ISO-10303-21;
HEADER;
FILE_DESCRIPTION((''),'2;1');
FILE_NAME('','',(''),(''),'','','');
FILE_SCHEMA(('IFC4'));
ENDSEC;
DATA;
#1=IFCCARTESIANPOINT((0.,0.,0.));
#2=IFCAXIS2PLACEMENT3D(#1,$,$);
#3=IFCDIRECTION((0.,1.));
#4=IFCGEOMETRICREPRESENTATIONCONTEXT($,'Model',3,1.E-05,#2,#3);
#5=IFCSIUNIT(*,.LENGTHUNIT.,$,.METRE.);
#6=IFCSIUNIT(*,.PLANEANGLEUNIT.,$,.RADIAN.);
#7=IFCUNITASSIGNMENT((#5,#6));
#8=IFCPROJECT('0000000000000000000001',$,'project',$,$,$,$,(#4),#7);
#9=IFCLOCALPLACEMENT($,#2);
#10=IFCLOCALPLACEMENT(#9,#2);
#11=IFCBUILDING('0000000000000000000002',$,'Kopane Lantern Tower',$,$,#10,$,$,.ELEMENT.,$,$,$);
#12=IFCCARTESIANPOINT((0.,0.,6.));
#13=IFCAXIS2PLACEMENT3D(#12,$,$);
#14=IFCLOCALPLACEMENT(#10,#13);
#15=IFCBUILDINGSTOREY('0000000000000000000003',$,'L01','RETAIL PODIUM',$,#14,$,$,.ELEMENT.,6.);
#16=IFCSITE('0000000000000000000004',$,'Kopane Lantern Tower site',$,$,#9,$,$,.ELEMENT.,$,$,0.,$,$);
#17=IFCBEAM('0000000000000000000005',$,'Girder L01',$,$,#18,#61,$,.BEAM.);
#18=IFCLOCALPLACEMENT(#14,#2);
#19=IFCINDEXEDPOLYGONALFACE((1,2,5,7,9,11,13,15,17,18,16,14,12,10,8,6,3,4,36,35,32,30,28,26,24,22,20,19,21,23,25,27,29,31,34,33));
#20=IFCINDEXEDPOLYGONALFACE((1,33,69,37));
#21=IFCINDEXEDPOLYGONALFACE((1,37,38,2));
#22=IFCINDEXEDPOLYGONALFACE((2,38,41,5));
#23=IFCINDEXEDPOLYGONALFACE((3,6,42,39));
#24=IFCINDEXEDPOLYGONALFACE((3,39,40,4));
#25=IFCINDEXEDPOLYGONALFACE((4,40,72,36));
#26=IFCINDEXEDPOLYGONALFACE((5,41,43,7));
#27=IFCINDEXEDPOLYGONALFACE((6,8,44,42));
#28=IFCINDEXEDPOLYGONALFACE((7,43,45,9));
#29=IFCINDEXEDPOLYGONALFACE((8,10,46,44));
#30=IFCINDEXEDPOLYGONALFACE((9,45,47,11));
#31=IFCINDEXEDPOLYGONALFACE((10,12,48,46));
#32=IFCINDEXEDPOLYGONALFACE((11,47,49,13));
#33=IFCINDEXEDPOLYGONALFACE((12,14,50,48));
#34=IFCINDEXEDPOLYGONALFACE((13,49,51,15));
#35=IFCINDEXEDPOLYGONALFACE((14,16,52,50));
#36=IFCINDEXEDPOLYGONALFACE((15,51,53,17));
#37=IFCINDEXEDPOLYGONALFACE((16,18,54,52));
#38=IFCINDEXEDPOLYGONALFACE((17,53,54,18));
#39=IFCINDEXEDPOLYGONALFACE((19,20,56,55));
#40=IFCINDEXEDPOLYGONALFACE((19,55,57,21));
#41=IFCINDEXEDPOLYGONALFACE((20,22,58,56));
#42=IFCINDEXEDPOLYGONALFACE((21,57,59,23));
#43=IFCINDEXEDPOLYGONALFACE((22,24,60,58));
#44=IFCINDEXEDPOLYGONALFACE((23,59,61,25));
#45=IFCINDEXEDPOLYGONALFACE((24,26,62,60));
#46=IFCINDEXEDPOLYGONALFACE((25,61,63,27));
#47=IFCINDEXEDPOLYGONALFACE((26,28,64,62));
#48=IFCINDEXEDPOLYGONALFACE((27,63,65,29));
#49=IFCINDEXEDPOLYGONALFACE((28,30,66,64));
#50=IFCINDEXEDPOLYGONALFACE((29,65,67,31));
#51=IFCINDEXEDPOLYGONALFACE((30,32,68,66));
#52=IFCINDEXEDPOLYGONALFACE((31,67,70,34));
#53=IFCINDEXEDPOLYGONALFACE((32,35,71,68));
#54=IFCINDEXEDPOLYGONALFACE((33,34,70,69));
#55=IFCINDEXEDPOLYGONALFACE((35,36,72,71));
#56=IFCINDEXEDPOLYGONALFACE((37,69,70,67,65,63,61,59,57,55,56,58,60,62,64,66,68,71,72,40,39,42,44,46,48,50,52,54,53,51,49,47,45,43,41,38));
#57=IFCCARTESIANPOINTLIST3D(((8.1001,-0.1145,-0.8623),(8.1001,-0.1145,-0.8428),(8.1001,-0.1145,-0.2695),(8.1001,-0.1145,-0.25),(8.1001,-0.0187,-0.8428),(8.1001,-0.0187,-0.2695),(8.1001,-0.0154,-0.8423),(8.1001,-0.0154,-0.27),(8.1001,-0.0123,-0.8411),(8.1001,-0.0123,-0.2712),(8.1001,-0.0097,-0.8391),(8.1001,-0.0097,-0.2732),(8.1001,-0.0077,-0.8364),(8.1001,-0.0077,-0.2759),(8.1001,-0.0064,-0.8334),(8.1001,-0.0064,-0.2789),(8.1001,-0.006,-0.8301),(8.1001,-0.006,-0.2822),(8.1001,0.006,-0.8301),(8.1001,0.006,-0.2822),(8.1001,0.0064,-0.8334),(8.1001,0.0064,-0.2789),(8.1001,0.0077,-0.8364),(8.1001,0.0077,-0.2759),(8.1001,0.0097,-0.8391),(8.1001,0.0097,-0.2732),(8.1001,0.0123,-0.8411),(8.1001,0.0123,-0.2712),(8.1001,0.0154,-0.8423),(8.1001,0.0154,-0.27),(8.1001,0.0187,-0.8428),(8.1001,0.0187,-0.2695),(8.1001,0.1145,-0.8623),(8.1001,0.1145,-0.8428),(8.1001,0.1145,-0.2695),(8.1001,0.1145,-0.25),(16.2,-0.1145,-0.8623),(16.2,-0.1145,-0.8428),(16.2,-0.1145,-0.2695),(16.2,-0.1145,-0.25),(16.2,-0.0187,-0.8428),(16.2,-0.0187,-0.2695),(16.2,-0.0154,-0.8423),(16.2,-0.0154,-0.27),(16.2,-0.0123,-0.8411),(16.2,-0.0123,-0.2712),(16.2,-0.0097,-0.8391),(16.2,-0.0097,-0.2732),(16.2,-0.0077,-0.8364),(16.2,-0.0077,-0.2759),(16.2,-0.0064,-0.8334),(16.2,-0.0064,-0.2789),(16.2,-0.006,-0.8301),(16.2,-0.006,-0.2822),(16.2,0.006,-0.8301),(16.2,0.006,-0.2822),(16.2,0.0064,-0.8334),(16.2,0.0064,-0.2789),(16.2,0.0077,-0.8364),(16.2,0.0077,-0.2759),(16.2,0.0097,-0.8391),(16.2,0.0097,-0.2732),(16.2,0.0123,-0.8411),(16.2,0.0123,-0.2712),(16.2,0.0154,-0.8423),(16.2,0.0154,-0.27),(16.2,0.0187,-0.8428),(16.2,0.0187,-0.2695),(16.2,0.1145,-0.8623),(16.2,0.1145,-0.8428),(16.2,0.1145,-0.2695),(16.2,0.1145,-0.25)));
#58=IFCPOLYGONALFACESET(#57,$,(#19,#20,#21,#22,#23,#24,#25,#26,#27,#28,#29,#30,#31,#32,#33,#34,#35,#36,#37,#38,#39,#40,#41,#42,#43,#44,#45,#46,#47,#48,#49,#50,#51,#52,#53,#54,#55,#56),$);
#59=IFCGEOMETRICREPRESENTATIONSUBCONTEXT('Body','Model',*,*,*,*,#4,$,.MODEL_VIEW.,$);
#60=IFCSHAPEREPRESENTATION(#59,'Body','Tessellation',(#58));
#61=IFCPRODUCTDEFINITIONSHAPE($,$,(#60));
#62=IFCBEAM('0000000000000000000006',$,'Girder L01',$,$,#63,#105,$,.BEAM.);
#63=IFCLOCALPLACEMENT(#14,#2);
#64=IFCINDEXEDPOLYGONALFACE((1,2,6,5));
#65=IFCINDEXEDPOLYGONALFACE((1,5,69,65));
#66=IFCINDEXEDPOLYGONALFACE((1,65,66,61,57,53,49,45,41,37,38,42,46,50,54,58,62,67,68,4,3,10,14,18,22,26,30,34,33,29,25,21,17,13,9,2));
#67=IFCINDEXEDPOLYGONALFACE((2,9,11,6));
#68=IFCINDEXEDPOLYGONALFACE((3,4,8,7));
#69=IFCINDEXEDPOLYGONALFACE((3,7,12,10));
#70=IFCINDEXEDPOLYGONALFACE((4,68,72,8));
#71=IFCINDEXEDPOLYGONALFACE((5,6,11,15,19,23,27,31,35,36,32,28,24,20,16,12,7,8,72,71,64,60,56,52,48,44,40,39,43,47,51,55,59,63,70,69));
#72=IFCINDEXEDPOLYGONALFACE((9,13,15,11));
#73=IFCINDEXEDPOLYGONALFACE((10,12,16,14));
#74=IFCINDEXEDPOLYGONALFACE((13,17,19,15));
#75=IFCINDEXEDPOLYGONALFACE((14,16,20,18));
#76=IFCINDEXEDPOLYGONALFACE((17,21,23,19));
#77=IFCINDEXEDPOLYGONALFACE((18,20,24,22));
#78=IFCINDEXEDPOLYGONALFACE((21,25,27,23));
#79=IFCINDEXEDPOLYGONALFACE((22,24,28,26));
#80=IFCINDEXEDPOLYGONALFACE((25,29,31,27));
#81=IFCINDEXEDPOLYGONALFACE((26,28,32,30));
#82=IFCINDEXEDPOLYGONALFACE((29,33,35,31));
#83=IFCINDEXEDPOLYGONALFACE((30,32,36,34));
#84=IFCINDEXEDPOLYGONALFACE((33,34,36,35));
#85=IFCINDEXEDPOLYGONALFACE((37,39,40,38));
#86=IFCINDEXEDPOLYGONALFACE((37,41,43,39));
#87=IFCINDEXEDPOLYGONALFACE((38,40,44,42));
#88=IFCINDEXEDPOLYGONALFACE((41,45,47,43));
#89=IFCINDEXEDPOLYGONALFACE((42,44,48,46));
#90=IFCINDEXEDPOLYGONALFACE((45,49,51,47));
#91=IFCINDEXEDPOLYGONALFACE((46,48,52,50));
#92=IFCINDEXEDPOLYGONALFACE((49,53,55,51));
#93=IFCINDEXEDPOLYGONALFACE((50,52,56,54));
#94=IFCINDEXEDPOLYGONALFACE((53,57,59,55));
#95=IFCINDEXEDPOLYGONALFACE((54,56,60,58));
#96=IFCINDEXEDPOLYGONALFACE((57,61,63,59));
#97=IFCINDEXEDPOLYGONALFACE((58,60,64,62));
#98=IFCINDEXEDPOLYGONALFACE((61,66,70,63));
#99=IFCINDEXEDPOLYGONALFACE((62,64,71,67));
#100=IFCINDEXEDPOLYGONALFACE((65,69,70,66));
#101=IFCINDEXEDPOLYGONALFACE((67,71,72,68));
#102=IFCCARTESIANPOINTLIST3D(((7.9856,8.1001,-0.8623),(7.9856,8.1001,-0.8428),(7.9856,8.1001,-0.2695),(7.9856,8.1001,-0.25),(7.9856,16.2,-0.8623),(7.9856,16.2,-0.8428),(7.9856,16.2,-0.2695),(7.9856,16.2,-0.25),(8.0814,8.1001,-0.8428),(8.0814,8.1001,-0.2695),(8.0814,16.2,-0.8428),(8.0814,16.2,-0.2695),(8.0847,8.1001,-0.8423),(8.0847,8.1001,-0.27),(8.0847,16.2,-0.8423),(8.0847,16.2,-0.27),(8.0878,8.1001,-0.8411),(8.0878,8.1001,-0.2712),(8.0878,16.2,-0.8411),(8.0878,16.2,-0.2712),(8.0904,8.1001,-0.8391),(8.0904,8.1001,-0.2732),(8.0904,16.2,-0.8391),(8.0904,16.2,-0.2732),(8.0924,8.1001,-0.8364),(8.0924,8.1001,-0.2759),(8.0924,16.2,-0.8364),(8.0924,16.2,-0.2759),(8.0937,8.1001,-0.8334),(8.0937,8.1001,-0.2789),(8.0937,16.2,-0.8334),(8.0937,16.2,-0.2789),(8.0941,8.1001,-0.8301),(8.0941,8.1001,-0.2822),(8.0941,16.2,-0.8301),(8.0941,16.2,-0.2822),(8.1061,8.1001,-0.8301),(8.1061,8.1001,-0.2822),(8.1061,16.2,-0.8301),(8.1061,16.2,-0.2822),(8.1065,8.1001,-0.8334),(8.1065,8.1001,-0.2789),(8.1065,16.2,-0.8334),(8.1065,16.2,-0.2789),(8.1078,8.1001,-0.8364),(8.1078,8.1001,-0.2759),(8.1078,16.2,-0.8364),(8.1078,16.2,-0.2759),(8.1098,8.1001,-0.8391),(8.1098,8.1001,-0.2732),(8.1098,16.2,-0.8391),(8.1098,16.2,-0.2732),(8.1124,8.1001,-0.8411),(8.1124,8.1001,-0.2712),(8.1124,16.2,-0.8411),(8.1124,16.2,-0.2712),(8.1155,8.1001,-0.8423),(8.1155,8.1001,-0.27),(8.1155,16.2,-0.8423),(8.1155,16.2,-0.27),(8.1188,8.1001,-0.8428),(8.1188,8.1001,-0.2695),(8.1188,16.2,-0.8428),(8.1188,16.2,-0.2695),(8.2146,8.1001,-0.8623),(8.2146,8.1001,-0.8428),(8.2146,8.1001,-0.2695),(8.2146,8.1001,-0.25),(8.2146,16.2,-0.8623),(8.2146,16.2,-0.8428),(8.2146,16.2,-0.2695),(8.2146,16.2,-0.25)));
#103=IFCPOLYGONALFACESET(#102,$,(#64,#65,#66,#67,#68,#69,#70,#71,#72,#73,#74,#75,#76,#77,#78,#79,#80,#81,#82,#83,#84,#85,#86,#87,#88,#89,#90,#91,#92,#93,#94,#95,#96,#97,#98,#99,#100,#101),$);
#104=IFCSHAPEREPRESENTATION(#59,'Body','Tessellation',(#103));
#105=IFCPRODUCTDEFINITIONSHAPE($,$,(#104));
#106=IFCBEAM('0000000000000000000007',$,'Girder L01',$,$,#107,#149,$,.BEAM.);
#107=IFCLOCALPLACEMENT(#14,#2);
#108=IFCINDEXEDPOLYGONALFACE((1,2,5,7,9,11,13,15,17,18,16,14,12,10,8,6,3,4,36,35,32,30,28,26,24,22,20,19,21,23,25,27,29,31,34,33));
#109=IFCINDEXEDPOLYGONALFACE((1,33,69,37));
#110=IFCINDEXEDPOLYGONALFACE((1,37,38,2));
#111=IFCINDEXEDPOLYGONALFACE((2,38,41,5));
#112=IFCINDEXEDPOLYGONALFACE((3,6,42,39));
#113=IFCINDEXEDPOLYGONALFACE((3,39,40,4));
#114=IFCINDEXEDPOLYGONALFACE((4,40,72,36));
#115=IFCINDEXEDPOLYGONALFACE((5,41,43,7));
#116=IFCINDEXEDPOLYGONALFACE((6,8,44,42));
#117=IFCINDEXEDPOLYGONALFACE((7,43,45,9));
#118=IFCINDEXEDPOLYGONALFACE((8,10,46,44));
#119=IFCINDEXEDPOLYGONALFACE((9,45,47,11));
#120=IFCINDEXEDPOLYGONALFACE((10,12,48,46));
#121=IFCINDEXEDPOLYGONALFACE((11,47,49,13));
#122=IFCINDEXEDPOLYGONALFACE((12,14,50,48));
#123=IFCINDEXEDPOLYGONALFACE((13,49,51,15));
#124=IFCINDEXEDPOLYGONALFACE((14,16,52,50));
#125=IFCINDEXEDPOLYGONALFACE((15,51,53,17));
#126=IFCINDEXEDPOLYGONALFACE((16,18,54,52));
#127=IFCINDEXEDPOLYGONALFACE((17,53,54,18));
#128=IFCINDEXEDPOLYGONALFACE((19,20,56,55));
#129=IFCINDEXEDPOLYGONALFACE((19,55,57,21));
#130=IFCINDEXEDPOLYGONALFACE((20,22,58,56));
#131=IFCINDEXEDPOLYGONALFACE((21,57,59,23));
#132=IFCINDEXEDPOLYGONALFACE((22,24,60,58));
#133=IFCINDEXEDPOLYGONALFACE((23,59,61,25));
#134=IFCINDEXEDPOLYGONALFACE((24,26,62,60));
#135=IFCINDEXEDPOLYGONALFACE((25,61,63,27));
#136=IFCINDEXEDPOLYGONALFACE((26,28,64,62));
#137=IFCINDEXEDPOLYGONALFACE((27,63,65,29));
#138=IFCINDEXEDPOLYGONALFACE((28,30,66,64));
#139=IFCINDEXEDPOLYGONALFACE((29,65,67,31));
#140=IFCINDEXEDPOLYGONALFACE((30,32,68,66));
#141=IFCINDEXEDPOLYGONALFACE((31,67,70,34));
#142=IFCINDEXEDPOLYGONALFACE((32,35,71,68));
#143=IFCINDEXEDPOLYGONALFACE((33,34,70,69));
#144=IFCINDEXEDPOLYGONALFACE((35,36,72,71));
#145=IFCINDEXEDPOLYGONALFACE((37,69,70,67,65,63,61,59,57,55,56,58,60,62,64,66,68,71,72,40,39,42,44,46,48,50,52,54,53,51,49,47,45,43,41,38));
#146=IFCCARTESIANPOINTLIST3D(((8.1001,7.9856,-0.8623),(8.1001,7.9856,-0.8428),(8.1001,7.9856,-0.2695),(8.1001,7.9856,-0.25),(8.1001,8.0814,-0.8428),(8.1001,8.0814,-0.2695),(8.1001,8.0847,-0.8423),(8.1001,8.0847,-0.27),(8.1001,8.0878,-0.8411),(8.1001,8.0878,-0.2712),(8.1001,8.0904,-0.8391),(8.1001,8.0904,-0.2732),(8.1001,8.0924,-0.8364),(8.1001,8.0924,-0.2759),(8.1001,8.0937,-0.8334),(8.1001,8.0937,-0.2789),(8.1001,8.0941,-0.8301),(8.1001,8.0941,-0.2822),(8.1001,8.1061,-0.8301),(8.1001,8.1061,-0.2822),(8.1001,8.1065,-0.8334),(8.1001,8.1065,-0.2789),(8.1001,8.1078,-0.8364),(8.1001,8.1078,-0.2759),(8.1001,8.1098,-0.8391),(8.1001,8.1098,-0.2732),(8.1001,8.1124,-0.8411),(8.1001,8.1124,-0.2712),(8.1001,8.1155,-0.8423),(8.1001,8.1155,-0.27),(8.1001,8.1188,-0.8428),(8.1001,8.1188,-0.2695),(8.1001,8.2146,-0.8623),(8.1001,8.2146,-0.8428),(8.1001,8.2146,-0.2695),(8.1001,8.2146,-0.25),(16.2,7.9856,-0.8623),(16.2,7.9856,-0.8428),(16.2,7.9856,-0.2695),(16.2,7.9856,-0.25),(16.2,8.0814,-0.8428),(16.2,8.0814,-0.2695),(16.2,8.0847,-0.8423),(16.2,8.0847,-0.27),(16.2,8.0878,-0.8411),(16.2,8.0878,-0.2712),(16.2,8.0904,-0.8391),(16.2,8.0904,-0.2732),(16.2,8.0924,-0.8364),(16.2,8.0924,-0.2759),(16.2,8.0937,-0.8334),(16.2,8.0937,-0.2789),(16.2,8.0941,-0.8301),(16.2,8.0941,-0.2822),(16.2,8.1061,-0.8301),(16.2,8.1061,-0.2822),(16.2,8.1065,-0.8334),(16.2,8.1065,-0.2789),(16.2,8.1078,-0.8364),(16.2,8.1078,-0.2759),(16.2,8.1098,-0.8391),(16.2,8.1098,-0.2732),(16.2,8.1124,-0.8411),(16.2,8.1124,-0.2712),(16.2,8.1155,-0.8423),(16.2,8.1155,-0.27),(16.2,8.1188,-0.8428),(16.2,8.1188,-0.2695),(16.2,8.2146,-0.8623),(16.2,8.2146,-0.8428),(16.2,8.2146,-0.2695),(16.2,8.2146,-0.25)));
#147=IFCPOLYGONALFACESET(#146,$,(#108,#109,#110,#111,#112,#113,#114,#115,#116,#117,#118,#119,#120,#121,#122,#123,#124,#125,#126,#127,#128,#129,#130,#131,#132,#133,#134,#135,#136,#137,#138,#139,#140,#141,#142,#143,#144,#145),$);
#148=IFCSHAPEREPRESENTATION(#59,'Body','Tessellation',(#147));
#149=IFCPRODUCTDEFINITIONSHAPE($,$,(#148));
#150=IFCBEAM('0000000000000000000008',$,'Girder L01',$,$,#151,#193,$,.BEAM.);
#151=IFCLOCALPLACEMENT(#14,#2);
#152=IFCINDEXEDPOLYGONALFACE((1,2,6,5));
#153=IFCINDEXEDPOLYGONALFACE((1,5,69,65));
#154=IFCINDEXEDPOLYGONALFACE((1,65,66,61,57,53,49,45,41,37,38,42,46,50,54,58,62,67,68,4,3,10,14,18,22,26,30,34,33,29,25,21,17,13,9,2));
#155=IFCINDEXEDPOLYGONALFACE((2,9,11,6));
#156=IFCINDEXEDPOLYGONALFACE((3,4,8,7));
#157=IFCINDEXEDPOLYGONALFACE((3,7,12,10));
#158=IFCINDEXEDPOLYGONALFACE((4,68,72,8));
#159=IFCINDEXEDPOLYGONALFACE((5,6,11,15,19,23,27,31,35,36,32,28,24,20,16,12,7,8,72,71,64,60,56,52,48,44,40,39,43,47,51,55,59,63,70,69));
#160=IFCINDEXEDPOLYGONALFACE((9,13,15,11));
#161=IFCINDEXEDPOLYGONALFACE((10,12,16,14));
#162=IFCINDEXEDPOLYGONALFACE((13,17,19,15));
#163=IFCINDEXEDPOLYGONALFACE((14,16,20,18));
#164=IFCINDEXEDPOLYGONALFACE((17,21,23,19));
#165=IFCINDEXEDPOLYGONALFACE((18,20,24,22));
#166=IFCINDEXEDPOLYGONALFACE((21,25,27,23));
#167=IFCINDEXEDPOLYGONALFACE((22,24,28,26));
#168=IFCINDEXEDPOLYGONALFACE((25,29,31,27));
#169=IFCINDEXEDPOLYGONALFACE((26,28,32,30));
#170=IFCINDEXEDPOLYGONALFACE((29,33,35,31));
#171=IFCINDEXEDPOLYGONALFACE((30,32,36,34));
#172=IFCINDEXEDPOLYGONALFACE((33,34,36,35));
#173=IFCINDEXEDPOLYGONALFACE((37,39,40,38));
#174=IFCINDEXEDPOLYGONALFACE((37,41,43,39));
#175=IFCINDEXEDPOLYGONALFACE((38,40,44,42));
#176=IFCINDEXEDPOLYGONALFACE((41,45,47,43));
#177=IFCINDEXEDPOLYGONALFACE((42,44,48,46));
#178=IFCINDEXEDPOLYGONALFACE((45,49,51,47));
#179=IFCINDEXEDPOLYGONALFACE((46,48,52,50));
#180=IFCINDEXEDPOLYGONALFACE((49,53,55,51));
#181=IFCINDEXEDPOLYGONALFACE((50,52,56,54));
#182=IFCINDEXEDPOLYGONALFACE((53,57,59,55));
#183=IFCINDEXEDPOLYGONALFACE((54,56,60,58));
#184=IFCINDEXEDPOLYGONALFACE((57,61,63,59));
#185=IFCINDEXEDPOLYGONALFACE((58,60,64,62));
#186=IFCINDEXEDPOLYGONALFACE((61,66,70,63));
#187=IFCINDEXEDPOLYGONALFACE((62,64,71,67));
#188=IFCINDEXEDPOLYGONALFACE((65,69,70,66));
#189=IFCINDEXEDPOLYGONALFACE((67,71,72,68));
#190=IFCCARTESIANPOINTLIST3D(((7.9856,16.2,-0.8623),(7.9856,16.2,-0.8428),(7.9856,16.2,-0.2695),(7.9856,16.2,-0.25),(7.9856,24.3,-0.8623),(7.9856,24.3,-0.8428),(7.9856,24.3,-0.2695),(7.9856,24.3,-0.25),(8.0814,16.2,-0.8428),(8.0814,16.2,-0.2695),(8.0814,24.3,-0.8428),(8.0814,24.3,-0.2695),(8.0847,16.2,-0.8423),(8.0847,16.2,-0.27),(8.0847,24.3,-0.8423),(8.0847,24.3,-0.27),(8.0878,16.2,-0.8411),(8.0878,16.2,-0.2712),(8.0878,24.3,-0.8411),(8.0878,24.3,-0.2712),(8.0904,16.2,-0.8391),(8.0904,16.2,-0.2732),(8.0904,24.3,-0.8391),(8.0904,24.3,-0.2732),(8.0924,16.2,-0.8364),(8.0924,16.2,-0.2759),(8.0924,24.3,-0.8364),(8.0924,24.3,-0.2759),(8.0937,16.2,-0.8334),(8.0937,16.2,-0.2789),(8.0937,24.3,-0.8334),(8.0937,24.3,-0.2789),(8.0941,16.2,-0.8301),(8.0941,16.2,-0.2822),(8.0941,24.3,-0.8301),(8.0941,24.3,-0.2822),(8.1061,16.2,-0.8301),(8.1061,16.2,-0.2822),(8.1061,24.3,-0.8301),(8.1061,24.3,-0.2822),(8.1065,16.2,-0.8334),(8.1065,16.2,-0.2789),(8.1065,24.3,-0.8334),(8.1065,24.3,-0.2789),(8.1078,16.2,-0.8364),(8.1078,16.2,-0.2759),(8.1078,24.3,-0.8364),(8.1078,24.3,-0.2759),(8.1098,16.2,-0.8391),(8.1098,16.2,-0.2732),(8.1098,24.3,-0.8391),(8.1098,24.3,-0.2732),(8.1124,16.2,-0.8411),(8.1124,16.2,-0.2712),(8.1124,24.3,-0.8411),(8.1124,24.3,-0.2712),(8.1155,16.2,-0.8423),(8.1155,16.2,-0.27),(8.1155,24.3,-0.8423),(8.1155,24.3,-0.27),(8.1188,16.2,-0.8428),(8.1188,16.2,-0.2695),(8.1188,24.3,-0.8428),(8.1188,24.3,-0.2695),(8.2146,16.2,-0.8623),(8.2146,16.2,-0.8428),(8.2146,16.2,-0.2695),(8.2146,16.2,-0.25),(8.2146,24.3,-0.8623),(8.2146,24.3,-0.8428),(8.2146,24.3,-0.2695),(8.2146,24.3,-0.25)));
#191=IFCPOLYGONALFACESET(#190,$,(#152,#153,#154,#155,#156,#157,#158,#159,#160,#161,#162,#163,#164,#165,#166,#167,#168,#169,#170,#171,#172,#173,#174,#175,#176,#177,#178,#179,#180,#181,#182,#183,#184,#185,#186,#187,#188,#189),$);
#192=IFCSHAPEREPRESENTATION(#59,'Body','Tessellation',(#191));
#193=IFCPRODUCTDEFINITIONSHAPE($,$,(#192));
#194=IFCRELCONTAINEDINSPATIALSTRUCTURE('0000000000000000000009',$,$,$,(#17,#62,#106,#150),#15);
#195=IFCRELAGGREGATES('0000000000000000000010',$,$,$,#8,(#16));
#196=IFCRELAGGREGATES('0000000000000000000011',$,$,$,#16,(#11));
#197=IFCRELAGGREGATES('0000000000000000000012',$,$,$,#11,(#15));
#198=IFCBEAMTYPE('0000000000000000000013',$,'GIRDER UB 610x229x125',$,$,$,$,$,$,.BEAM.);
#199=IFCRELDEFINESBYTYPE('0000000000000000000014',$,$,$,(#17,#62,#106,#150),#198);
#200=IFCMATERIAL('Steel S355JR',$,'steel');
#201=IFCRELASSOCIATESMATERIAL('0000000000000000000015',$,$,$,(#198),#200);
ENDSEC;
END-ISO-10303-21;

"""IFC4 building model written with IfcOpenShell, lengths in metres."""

from ifc_helpers import new_model, si_unit, direction, frame, origin, origin_2d, place, context, subcontext, project, spatial, i_section, extrude, material, material_profile, profile_set, type_object, element, save


model = new_model("IFC4")

# Units and contexts
model_context = context("Model", 3, precision=1e-05, world=origin(), true_north=direction((0.0, 1.0)))
body_context = subcontext(model_context, "Body", "Model", "MODEL_VIEW")
ifc_project = project(units=[si_unit("LENGTHUNIT", "METRE"), si_unit("PLANEANGLEUNIT", "RADIAN")], contexts=[model_context])

# Site, building, storey
site_placement = place(None, origin())
site = spatial("IfcSite", under=ifc_project, at=site_placement, Name="Kopane Lantern Tower site", CompositionType="ELEMENT", RefElevation=0.0)
building_placement = place(site_placement, origin())
building = spatial("IfcBuilding", under=site, at=building_placement, Name="Kopane Lantern Tower", CompositionType="ELEMENT")
storey_placement = place(building_placement, frame((0.0, 0.0, 6.0)))
storey = spatial("IfcBuildingStorey", under=building, at=storey_placement, Name="L01", Description="RETAIL PODIUM", CompositionType="ELEMENT", Elevation=6.0)

# Beams
ifc_material_1 = material(Name="Steel S355JR", Category="steel")
ifc_material_profile_1 = material_profile(ifc_material_1, i_section(OverallWidth=0.229, OverallDepth=0.6123, WebThickness=0.012, FlangeThickness=0.0195, FilletRadius=0.0127, at=origin_2d()), Name="UB 610x229x125")
ifc_profile_set_1 = profile_set([ifc_material_profile_1], Name="Steel S355JR")
beam_type = type_object("IfcBeamType", Name="GIRDER UB 610x229x125", PredefinedType="BEAM", material=ifc_profile_set_1)
for number, where, z_axis, x_axis, name in (
    (1, (8.1001, 0.0, -0.5562), (1.0, 0.0, 0.0), (0.0, 1.0, 0.0), "Girder L01"),
    (2, (8.1001, 8.1001, -0.5562), (0.0, 1.0, 0.0), (-1.0, 0.0, 0.0), "Girder L01"),
    (3, (8.1001, 8.1001, -0.5562), (1.0, 0.0, 0.0), (0.0, 1.0, 0.0), "Girder L01"),
):
    element("IfcBeam", number, at=place(storey_placement, frame(where, z_axis=z_axis, x_axis=x_axis)), inside=storey, type_object=beam_type, Name=name, PredefinedType="BEAM", context=body_context, shape_type="SweptSolid", body=[
        extrude(i_section(OverallWidth=0.229, OverallDepth=0.6123, WebThickness=0.012, FlangeThickness=0.0195, FilletRadius=0.0127, at=origin_2d()), origin(), (0.0, 0.0, 1.0), 8.0999),
    ])
beam_1_placement = place(storey_placement, frame((8.1001, 16.2, -0.5562), z_axis=(0.0, 1.0, 0.0), x_axis=(-1.0, 0.0, 0.0)))
element("IfcBeam", 4, at=beam_1_placement, inside=storey, type_object=beam_type, Name="Girder L01", PredefinedType="BEAM", context=body_context, shape_type="SweptSolid", body=[
    extrude(i_section(OverallWidth=0.229, OverallDepth=0.6123, WebThickness=0.012, FlangeThickness=0.0195, FilletRadius=0.0127, at=origin_2d()), origin(), (0.0, 0.0, 1.0), 8.1001),
])

save(model, "model.ifc")
